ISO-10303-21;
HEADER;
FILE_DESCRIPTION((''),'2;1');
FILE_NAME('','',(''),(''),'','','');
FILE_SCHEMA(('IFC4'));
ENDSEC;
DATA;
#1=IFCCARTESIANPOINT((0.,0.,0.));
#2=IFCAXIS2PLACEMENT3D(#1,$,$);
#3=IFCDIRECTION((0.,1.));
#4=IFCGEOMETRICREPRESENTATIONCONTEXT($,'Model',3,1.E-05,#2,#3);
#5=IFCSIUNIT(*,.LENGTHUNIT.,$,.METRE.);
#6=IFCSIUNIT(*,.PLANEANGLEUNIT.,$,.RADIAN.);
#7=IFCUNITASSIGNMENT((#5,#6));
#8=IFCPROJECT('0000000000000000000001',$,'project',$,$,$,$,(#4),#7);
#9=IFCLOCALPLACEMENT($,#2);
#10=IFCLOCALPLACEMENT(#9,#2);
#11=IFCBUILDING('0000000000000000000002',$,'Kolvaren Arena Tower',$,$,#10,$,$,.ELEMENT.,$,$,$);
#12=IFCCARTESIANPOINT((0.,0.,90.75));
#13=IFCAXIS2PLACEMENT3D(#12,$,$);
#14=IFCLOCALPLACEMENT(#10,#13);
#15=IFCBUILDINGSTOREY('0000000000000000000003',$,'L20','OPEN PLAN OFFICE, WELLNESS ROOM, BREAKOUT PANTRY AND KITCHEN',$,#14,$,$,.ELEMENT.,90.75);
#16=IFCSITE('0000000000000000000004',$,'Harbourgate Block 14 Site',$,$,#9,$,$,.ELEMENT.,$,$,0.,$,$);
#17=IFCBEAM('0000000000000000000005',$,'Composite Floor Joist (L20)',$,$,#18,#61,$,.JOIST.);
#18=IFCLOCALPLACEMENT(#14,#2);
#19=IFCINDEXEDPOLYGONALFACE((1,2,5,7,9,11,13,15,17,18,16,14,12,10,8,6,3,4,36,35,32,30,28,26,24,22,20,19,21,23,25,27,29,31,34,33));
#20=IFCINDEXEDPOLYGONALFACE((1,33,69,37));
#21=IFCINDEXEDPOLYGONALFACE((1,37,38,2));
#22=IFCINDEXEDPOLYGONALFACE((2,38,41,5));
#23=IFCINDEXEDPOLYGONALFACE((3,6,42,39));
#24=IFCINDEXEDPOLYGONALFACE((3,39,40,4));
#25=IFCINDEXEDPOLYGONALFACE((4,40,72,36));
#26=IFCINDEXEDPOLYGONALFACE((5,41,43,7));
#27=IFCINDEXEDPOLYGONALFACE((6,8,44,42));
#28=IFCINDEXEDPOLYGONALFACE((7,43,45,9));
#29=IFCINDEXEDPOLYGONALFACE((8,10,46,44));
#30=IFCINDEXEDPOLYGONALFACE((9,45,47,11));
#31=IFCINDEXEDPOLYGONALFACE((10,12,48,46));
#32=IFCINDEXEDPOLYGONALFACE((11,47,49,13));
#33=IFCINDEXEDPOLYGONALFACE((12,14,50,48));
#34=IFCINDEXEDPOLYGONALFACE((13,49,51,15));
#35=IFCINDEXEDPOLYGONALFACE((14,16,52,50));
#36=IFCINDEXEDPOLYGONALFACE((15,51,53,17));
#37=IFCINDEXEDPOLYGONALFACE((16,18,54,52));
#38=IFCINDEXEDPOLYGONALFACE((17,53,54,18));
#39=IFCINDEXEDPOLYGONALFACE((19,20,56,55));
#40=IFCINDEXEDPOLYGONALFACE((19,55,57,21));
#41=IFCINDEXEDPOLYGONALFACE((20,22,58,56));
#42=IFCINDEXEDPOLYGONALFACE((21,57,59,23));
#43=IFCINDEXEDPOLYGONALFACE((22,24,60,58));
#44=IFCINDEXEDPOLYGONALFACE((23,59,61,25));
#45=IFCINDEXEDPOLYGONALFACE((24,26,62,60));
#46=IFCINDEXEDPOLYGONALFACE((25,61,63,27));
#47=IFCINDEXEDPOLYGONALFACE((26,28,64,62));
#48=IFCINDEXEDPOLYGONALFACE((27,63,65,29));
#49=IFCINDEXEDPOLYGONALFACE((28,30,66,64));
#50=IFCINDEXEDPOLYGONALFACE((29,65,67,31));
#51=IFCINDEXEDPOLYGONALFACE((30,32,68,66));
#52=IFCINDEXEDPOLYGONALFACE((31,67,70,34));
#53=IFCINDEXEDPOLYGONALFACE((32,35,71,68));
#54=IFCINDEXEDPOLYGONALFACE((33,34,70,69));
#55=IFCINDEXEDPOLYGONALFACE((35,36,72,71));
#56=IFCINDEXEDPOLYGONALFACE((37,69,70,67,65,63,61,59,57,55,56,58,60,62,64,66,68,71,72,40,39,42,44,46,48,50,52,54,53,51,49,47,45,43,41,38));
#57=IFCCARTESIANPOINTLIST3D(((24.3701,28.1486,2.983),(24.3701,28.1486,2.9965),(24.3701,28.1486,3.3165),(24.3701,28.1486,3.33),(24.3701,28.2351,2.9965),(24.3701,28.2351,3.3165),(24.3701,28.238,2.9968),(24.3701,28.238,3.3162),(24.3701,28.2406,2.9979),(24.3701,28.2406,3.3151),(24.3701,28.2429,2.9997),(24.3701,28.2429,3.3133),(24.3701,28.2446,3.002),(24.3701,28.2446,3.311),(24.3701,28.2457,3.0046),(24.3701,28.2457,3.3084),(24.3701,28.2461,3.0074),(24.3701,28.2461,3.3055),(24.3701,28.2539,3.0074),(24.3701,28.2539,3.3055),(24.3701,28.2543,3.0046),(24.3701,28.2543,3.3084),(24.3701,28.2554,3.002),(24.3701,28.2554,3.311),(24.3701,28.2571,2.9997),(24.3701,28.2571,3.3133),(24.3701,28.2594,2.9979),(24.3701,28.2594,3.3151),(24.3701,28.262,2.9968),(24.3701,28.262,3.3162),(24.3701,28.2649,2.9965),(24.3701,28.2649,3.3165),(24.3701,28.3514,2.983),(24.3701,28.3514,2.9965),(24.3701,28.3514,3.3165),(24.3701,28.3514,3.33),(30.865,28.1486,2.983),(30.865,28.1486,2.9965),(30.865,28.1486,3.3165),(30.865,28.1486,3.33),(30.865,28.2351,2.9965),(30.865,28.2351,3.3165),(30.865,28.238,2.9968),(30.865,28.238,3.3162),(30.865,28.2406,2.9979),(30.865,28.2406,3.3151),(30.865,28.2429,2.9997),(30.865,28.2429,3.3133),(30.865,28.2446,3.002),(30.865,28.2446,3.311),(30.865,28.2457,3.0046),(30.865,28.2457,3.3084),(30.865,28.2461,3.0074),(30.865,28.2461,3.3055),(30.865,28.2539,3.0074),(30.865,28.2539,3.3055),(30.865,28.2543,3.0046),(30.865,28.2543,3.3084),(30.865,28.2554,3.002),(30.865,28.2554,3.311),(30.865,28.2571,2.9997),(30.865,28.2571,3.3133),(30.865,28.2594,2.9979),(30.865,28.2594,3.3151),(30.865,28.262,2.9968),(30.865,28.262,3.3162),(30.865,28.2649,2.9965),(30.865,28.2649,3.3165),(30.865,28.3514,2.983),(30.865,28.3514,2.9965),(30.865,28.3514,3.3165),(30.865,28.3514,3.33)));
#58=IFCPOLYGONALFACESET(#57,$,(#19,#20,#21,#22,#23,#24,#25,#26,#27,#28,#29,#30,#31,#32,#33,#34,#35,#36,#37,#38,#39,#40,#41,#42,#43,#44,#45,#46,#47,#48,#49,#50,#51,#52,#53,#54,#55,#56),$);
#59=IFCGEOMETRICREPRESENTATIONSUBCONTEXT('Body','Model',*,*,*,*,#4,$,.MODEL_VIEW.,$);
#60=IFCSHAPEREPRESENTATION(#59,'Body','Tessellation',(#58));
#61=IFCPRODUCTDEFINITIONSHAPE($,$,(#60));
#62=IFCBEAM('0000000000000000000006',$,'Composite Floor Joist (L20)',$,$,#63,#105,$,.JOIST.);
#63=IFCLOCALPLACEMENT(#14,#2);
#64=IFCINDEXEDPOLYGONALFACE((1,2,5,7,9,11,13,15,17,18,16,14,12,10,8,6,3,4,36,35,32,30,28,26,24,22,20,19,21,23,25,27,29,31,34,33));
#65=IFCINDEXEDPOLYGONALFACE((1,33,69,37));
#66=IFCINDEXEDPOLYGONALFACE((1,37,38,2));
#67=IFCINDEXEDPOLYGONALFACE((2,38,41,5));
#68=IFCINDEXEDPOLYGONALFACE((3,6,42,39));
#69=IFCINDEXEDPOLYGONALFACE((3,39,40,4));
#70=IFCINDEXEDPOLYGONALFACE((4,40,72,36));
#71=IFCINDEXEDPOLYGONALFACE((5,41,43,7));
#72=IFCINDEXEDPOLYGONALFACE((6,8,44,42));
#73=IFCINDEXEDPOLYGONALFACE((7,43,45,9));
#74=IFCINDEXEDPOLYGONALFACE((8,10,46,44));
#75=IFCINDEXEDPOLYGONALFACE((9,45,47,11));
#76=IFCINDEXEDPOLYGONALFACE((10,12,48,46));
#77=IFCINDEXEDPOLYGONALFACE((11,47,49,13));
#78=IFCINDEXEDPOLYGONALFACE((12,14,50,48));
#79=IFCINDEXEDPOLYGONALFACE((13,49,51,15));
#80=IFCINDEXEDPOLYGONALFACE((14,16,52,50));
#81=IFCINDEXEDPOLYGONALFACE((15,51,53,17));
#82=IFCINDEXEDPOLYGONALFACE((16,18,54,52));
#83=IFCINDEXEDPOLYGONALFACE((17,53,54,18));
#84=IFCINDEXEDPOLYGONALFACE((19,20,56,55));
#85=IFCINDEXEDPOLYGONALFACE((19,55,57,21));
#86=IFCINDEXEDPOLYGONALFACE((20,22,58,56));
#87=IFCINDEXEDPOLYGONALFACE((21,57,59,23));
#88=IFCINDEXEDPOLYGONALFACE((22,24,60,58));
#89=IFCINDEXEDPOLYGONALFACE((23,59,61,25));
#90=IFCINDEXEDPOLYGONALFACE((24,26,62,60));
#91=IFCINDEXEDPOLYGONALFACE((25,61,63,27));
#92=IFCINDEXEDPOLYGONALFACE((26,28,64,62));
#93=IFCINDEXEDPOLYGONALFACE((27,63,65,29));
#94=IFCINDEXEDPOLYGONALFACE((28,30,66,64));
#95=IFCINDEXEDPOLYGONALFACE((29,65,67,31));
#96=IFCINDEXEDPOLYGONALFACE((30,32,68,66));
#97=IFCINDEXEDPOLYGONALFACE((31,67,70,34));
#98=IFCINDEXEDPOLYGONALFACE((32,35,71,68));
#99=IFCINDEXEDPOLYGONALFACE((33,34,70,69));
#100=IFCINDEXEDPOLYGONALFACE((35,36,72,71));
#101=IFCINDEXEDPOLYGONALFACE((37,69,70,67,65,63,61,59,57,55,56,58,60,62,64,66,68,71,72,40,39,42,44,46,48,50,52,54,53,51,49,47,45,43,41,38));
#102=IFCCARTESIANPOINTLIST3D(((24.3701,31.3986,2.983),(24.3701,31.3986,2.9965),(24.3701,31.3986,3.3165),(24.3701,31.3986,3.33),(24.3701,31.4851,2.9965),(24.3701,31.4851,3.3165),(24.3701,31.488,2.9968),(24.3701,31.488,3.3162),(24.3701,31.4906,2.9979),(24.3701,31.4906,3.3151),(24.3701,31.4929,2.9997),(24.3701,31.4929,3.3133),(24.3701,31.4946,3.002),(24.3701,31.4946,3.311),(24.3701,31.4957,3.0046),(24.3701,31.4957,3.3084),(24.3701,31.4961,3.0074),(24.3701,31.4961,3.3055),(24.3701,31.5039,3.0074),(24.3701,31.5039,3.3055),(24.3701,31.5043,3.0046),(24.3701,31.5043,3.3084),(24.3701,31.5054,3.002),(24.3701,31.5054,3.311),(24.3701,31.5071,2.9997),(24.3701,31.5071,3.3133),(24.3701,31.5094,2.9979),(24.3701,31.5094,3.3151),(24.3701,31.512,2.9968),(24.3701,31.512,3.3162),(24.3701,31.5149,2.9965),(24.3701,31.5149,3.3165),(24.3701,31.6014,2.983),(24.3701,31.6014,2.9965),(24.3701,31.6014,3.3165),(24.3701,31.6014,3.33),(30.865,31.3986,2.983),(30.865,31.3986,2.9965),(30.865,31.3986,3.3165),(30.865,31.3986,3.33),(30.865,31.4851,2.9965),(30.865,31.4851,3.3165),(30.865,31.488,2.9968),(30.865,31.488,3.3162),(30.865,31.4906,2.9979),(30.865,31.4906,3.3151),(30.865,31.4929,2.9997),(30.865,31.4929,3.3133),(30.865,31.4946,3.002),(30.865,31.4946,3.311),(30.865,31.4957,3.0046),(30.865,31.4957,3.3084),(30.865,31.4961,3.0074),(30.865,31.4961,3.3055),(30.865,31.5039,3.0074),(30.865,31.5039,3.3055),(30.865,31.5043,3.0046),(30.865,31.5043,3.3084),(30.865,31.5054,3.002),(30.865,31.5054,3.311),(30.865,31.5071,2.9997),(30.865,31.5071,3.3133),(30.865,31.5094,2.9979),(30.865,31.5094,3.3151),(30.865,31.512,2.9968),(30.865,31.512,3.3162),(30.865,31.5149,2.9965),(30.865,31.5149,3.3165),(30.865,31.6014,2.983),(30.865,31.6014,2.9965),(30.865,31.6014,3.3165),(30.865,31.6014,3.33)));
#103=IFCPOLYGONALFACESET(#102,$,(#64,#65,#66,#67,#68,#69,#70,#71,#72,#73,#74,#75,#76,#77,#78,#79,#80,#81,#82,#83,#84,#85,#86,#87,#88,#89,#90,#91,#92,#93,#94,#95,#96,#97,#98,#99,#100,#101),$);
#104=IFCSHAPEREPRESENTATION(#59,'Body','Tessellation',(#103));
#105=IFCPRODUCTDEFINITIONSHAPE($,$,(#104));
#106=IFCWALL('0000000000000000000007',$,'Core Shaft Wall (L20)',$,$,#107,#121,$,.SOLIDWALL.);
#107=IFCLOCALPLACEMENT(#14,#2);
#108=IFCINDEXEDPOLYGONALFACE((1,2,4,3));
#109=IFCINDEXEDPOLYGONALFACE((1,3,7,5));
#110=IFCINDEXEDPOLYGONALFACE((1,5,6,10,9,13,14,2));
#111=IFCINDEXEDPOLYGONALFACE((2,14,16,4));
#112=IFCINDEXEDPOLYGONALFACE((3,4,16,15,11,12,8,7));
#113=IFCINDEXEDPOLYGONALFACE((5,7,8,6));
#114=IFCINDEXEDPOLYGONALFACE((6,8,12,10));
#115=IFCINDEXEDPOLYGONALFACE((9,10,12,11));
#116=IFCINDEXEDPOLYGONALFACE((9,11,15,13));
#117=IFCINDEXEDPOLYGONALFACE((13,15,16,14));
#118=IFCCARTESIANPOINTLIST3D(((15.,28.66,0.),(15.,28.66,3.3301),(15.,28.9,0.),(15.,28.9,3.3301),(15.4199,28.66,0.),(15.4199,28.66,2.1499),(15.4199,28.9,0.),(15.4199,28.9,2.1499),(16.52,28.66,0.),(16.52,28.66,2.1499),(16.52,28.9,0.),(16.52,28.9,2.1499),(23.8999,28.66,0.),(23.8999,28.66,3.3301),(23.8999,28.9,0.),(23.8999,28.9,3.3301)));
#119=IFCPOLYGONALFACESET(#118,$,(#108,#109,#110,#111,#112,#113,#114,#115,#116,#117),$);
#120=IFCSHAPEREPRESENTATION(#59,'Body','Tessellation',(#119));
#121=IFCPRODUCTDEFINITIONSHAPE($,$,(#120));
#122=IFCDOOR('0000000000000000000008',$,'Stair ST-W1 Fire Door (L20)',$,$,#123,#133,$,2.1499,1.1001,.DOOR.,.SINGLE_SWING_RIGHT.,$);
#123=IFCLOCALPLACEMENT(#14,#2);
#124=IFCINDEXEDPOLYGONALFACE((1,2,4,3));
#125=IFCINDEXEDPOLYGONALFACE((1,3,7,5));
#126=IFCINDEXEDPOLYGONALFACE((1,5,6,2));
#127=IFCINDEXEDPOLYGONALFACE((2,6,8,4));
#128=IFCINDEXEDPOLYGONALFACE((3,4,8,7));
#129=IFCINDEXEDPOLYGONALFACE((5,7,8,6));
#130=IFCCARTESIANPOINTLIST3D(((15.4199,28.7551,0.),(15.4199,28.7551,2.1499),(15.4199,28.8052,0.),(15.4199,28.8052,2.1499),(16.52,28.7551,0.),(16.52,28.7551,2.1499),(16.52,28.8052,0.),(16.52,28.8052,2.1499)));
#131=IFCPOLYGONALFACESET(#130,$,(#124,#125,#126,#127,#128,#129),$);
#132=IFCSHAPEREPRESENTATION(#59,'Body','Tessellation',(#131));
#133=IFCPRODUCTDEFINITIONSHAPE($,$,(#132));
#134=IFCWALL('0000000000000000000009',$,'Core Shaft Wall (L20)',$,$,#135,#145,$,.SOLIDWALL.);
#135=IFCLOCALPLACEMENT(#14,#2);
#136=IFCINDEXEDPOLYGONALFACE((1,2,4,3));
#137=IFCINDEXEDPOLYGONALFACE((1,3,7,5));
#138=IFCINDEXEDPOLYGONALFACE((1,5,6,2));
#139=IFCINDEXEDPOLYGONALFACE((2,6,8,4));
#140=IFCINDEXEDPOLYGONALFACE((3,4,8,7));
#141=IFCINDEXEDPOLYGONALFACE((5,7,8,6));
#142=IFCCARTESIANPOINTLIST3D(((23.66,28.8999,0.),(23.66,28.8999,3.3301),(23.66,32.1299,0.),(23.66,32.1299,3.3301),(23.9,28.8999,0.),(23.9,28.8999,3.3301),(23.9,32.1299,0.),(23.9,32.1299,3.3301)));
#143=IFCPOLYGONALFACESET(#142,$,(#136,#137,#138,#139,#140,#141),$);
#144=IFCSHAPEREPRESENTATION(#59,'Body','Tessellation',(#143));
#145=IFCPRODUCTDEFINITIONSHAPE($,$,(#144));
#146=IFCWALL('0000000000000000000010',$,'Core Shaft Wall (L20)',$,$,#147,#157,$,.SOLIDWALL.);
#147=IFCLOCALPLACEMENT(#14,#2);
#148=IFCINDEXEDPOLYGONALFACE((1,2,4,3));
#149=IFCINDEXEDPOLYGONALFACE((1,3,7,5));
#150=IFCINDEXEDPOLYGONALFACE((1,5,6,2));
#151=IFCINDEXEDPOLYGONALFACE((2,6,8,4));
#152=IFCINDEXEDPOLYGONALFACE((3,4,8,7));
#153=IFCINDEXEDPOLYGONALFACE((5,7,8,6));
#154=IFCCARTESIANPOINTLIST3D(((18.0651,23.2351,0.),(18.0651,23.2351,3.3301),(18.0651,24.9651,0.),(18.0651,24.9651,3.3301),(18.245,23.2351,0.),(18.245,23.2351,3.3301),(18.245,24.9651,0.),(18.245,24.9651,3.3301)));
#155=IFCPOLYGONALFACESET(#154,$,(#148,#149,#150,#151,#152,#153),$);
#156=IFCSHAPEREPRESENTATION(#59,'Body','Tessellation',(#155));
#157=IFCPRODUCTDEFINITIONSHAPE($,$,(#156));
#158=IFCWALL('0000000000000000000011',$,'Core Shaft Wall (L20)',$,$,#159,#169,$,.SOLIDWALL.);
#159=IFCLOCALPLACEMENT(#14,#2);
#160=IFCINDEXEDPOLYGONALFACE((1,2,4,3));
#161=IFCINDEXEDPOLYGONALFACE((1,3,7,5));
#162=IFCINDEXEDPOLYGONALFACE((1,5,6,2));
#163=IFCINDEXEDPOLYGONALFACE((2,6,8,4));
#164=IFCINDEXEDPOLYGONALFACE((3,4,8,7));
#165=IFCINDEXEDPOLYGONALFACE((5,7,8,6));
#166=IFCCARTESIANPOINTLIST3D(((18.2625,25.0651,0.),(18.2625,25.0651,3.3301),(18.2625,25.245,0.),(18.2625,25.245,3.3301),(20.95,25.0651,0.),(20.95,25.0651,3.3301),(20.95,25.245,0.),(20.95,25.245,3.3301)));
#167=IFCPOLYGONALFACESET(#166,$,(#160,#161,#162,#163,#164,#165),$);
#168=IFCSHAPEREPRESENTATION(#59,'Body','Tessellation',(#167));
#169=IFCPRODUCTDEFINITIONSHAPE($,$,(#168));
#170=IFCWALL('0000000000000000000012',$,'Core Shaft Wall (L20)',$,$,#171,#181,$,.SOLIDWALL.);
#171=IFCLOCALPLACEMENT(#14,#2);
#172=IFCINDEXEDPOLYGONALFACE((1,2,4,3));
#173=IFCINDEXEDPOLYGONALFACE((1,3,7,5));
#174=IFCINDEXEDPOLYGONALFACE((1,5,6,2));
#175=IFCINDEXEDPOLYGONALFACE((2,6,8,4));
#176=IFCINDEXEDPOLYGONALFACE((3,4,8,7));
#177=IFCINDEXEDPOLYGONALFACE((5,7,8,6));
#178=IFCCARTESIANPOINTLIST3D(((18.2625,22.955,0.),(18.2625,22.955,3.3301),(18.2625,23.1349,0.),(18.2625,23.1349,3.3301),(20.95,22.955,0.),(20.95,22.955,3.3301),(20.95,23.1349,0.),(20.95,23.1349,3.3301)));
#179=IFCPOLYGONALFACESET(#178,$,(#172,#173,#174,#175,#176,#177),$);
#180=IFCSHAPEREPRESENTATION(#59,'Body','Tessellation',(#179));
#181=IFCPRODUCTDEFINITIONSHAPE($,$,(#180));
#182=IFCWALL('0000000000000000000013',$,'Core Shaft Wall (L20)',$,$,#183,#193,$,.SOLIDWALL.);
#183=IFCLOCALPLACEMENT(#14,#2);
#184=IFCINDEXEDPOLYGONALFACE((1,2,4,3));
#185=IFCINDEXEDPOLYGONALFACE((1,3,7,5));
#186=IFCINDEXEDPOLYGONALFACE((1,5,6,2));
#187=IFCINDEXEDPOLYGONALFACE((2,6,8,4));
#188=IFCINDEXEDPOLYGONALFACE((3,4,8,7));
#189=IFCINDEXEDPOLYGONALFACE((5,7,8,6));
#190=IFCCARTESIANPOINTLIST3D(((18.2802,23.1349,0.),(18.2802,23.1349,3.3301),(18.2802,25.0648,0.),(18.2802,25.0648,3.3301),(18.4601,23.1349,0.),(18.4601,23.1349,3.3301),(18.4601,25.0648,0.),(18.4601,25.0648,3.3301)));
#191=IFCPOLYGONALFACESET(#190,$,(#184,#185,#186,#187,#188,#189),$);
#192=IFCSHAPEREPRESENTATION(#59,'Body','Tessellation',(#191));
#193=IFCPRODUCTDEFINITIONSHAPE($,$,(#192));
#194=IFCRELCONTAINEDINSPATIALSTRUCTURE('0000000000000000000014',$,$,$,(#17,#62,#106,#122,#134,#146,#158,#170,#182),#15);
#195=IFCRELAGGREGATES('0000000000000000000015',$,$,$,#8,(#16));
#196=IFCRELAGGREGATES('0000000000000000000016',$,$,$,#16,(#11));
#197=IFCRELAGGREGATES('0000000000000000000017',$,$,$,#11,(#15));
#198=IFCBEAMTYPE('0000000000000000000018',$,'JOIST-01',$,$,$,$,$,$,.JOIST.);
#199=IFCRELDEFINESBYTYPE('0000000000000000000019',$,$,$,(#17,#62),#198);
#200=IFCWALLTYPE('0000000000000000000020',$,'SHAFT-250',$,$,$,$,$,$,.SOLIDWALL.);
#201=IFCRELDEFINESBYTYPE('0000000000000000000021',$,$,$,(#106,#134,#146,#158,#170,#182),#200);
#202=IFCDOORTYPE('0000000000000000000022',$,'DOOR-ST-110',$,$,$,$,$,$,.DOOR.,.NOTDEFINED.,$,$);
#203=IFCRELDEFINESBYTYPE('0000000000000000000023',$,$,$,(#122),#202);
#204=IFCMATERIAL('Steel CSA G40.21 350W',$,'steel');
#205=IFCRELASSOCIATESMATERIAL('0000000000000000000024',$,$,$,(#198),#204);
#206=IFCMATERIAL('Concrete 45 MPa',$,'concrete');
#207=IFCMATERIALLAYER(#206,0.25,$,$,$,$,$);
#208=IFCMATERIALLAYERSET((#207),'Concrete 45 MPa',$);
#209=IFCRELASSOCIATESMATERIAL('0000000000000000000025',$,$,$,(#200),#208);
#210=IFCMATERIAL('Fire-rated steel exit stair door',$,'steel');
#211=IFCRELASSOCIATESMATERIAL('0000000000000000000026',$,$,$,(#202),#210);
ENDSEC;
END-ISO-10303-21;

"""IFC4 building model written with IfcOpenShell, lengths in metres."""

from ifc_helpers import new_model, si_unit, direction, frame, frame_2d, origin, origin_2d, place, context, subcontext, project, spatial, rectangle, i_section, extrude, material, layer, layer_set, material_profile, profile_set, type_object, element, fill, save


model = new_model("IFC4")

# Units and contexts
model_context = context("Model", 3, precision=1e-05, world=origin(), true_north=direction((0.0, 1.0)))
body_context = subcontext(model_context, "Body", "Model", "MODEL_VIEW")
ifc_project = project(units=[si_unit("LENGTHUNIT", "METRE"), si_unit("PLANEANGLEUNIT", "RADIAN")], contexts=[model_context])

# Site, building, storey
site_placement = place(None, origin())
site = spatial("IfcSite", under=ifc_project, at=site_placement, Name="Harbourgate Block 14 Site", CompositionType="ELEMENT", RefElevation=0.0)
building_placement = place(site_placement, origin())
building = spatial("IfcBuilding", under=site, at=building_placement, Name="Kolvaren Arena Tower", CompositionType="ELEMENT")
storey_placement = place(building_placement, frame((0.0, 0.0, 90.75)))
storey = spatial("IfcBuildingStorey", under=building, at=storey_placement, Name="L20", Description="OPEN PLAN OFFICE, WELLNESS ROOM, BREAKOUT PANTRY AND KITCHEN", CompositionType="ELEMENT", Elevation=90.75)

# Beams
ifc_material_1 = material(Name="Steel CSA G40.21 350W", Category="steel")
ifc_material_profile_1 = material_profile(ifc_material_1, i_section(OverallWidth=0.2029, OverallDepth=0.3469, WebThickness=0.0078, FlangeThickness=0.0134, FilletRadius=0.011, at=origin_2d()), Name="W360x64")
ifc_profile_set_1 = profile_set([ifc_material_profile_1], Name="Steel CSA G40.21 350W")
beam_type_1 = type_object("IfcBeamType", Name="JOIST-01", PredefinedType="JOIST", material=ifc_profile_set_1)
for number, where, z_axis, x_axis, name in (
    (1, (24.3701, 28.25, 3.1565), (1.0, 0.0, 0.0), (0.0, 1.0, 0.0), "Composite Floor Joist (L20)"),
    (2, (24.3701, 31.5, 3.1565), (1.0, 0.0, 0.0), (0.0, 1.0, 0.0), "Composite Floor Joist (L20)"),
):
    element("IfcBeam", number, at=place(storey_placement, frame(where, z_axis=z_axis, x_axis=x_axis)), inside=storey, type_object=beam_type_1, Name=name, PredefinedType="JOIST", context=body_context, shape_type="SweptSolid", body=[
        extrude(i_section(OverallWidth=0.2029, OverallDepth=0.3469, WebThickness=0.0078, FlangeThickness=0.0134, FilletRadius=0.011, at=origin_2d()), origin(), (0.0, 0.0, 1.0), 6.4949),
    ])

# Wall, opening, door
ifc_material_2 = material(Name="Concrete 45 MPa", Category="concrete")
ifc_layer_1 = layer(ifc_material_2, 0.25)
ifc_layer_set_1 = layer_set([ifc_layer_1], Name="Concrete 45 MPa")
wall_type_1 = type_object("IfcWallType", Name="SHAFT-250", PredefinedType="SOLIDWALL", material=ifc_layer_set_1)
wall_1_placement = place(storey_placement, frame((23.8999, 28.78, 0.0), z_axis=(0.0, 0.0, 1.0), x_axis=(-1.0, 0.0, 0.0)))
wall_1 = element("IfcWall", 3, at=wall_1_placement, inside=storey, type_object=wall_type_1, Name="Core Shaft Wall (L20)", PredefinedType="SOLIDWALL", context=body_context, shape_type="SweptSolid", body=[
    extrude(rectangle(XDim=8.8999, YDim=0.24, at=frame_2d((4.45, 0.0))), origin(), (0.0, 0.0, 1.0), 3.3301),
])
opening_1_placement = place(wall_1_placement, frame((7.3799, 0.0, 0.0)))
opening_1 = element("IfcOpeningElement", 4, at=opening_1_placement, cuts=wall_1, PredefinedType="OPENING", context=body_context, shape_type="SweptSolid", body=[
    extrude(rectangle(XDim=1.1001, YDim=2.1499, at=frame_2d((0.55, 1.075))), frame((0.0, 0.1299, 0.0), z_axis=(0.0, -1.0, 0.0), x_axis=(1.0, 0.0, 0.0)), (0.0, 0.0, 1.0), 0.26),
])
ifc_material_3 = material(Name="Fire-rated steel exit stair door", Category="steel")
door_type_1 = type_object("IfcDoorType", Name="DOOR-ST-110", OperationType="NOTDEFINED", PredefinedType="DOOR", material=ifc_material_3)
door_1_placement = place(opening_1_placement, origin())
door_1 = element("IfcDoor", 5, at=door_1_placement, inside=storey, type_object=door_type_1, Name="Stair ST-W1 Fire Door (L20)", OperationType="SINGLE_SWING_RIGHT", OverallHeight=2.1499, OverallWidth=1.1001, PredefinedType="DOOR", context=body_context, shape_type="SweptSolid", body=[
    extrude(rectangle(XDim=1.1001, YDim=2.1499, at=frame_2d((0.55, 1.075))), frame((0.0, 0.0249, 0.0), z_axis=(0.0, -1.0, 0.0), x_axis=(1.0, 0.0, 0.0)), (0.0, 0.0, 1.0), 0.05),
])
fill(opening_1, door_1)

# Walls
wall_2_placement = place(storey_placement, frame((23.78, 28.8999, 0.0), z_axis=(0.0, 0.0, 1.0), x_axis=(0.0, 1.0, 0.0)))
element("IfcWall", 6, at=wall_2_placement, inside=storey, type_object=wall_type_1, Name="Core Shaft Wall (L20)", PredefinedType="SOLIDWALL", context=body_context, shape_type="SweptSolid", body=[
    extrude(rectangle(XDim=3.23, YDim=0.24, at=frame_2d((1.615, 0.0))), origin(), (0.0, 0.0, 1.0), 3.3301),
])
wall_3_placement = place(storey_placement, frame((18.155, 23.2351, 0.0), z_axis=(0.0, 0.0, 1.0), x_axis=(0.0, 1.0, 0.0)))
element("IfcWall", 7, at=wall_3_placement, inside=storey, type_object=wall_type_1, Name="Core Shaft Wall (L20)", PredefinedType="SOLIDWALL", context=body_context, shape_type="SweptSolid", body=[
    extrude(rectangle(XDim=1.73, YDim=0.1799, at=frame_2d((0.865, 0.0))), origin(), (0.0, 0.0, 1.0), 3.3301),
])
for number, where, z_axis, x_axis, name in (
    (8, (18.2625, 25.155, 0.0), (0.0, 0.0, 1.0), (1.0, 0.0, 0.0), "Core Shaft Wall (L20)"),
    (9, (18.2625, 23.0449, 0.0), (0.0, 0.0, 1.0), (1.0, 0.0, 0.0), "Core Shaft Wall (L20)"),
):
    element("IfcWall", number, at=place(storey_placement, frame(where, z_axis=z_axis, x_axis=x_axis)), inside=storey, type_object=wall_type_1, Name=name, PredefinedType="SOLIDWALL", context=body_context, shape_type="SweptSolid", body=[
        extrude(rectangle(XDim=2.6875, YDim=0.1799, at=frame_2d((1.3438, 0.0))), origin(), (0.0, 0.0, 1.0), 3.3301),
    ])
for number, where, z_axis, x_axis, name in (
    (10, (18.3701, 23.135, 0.0), (0.0, 0.0, 1.0), (0.0, 1.0, 0.0), "Core Shaft Wall (L20)"),
):
    element("IfcWall", number, at=place(storey_placement, frame(where, z_axis=z_axis, x_axis=x_axis)), inside=storey, type_object=wall_type_1, Name=name, PredefinedType="SOLIDWALL", context=body_context, shape_type="SweptSolid", body=[
        extrude(rectangle(XDim=1.9299, YDim=0.1799, at=frame_2d((0.9648, 0.0))), origin(), (0.0, 0.0, 1.0), 3.3301),
    ])

save(model, "model.ifc")
